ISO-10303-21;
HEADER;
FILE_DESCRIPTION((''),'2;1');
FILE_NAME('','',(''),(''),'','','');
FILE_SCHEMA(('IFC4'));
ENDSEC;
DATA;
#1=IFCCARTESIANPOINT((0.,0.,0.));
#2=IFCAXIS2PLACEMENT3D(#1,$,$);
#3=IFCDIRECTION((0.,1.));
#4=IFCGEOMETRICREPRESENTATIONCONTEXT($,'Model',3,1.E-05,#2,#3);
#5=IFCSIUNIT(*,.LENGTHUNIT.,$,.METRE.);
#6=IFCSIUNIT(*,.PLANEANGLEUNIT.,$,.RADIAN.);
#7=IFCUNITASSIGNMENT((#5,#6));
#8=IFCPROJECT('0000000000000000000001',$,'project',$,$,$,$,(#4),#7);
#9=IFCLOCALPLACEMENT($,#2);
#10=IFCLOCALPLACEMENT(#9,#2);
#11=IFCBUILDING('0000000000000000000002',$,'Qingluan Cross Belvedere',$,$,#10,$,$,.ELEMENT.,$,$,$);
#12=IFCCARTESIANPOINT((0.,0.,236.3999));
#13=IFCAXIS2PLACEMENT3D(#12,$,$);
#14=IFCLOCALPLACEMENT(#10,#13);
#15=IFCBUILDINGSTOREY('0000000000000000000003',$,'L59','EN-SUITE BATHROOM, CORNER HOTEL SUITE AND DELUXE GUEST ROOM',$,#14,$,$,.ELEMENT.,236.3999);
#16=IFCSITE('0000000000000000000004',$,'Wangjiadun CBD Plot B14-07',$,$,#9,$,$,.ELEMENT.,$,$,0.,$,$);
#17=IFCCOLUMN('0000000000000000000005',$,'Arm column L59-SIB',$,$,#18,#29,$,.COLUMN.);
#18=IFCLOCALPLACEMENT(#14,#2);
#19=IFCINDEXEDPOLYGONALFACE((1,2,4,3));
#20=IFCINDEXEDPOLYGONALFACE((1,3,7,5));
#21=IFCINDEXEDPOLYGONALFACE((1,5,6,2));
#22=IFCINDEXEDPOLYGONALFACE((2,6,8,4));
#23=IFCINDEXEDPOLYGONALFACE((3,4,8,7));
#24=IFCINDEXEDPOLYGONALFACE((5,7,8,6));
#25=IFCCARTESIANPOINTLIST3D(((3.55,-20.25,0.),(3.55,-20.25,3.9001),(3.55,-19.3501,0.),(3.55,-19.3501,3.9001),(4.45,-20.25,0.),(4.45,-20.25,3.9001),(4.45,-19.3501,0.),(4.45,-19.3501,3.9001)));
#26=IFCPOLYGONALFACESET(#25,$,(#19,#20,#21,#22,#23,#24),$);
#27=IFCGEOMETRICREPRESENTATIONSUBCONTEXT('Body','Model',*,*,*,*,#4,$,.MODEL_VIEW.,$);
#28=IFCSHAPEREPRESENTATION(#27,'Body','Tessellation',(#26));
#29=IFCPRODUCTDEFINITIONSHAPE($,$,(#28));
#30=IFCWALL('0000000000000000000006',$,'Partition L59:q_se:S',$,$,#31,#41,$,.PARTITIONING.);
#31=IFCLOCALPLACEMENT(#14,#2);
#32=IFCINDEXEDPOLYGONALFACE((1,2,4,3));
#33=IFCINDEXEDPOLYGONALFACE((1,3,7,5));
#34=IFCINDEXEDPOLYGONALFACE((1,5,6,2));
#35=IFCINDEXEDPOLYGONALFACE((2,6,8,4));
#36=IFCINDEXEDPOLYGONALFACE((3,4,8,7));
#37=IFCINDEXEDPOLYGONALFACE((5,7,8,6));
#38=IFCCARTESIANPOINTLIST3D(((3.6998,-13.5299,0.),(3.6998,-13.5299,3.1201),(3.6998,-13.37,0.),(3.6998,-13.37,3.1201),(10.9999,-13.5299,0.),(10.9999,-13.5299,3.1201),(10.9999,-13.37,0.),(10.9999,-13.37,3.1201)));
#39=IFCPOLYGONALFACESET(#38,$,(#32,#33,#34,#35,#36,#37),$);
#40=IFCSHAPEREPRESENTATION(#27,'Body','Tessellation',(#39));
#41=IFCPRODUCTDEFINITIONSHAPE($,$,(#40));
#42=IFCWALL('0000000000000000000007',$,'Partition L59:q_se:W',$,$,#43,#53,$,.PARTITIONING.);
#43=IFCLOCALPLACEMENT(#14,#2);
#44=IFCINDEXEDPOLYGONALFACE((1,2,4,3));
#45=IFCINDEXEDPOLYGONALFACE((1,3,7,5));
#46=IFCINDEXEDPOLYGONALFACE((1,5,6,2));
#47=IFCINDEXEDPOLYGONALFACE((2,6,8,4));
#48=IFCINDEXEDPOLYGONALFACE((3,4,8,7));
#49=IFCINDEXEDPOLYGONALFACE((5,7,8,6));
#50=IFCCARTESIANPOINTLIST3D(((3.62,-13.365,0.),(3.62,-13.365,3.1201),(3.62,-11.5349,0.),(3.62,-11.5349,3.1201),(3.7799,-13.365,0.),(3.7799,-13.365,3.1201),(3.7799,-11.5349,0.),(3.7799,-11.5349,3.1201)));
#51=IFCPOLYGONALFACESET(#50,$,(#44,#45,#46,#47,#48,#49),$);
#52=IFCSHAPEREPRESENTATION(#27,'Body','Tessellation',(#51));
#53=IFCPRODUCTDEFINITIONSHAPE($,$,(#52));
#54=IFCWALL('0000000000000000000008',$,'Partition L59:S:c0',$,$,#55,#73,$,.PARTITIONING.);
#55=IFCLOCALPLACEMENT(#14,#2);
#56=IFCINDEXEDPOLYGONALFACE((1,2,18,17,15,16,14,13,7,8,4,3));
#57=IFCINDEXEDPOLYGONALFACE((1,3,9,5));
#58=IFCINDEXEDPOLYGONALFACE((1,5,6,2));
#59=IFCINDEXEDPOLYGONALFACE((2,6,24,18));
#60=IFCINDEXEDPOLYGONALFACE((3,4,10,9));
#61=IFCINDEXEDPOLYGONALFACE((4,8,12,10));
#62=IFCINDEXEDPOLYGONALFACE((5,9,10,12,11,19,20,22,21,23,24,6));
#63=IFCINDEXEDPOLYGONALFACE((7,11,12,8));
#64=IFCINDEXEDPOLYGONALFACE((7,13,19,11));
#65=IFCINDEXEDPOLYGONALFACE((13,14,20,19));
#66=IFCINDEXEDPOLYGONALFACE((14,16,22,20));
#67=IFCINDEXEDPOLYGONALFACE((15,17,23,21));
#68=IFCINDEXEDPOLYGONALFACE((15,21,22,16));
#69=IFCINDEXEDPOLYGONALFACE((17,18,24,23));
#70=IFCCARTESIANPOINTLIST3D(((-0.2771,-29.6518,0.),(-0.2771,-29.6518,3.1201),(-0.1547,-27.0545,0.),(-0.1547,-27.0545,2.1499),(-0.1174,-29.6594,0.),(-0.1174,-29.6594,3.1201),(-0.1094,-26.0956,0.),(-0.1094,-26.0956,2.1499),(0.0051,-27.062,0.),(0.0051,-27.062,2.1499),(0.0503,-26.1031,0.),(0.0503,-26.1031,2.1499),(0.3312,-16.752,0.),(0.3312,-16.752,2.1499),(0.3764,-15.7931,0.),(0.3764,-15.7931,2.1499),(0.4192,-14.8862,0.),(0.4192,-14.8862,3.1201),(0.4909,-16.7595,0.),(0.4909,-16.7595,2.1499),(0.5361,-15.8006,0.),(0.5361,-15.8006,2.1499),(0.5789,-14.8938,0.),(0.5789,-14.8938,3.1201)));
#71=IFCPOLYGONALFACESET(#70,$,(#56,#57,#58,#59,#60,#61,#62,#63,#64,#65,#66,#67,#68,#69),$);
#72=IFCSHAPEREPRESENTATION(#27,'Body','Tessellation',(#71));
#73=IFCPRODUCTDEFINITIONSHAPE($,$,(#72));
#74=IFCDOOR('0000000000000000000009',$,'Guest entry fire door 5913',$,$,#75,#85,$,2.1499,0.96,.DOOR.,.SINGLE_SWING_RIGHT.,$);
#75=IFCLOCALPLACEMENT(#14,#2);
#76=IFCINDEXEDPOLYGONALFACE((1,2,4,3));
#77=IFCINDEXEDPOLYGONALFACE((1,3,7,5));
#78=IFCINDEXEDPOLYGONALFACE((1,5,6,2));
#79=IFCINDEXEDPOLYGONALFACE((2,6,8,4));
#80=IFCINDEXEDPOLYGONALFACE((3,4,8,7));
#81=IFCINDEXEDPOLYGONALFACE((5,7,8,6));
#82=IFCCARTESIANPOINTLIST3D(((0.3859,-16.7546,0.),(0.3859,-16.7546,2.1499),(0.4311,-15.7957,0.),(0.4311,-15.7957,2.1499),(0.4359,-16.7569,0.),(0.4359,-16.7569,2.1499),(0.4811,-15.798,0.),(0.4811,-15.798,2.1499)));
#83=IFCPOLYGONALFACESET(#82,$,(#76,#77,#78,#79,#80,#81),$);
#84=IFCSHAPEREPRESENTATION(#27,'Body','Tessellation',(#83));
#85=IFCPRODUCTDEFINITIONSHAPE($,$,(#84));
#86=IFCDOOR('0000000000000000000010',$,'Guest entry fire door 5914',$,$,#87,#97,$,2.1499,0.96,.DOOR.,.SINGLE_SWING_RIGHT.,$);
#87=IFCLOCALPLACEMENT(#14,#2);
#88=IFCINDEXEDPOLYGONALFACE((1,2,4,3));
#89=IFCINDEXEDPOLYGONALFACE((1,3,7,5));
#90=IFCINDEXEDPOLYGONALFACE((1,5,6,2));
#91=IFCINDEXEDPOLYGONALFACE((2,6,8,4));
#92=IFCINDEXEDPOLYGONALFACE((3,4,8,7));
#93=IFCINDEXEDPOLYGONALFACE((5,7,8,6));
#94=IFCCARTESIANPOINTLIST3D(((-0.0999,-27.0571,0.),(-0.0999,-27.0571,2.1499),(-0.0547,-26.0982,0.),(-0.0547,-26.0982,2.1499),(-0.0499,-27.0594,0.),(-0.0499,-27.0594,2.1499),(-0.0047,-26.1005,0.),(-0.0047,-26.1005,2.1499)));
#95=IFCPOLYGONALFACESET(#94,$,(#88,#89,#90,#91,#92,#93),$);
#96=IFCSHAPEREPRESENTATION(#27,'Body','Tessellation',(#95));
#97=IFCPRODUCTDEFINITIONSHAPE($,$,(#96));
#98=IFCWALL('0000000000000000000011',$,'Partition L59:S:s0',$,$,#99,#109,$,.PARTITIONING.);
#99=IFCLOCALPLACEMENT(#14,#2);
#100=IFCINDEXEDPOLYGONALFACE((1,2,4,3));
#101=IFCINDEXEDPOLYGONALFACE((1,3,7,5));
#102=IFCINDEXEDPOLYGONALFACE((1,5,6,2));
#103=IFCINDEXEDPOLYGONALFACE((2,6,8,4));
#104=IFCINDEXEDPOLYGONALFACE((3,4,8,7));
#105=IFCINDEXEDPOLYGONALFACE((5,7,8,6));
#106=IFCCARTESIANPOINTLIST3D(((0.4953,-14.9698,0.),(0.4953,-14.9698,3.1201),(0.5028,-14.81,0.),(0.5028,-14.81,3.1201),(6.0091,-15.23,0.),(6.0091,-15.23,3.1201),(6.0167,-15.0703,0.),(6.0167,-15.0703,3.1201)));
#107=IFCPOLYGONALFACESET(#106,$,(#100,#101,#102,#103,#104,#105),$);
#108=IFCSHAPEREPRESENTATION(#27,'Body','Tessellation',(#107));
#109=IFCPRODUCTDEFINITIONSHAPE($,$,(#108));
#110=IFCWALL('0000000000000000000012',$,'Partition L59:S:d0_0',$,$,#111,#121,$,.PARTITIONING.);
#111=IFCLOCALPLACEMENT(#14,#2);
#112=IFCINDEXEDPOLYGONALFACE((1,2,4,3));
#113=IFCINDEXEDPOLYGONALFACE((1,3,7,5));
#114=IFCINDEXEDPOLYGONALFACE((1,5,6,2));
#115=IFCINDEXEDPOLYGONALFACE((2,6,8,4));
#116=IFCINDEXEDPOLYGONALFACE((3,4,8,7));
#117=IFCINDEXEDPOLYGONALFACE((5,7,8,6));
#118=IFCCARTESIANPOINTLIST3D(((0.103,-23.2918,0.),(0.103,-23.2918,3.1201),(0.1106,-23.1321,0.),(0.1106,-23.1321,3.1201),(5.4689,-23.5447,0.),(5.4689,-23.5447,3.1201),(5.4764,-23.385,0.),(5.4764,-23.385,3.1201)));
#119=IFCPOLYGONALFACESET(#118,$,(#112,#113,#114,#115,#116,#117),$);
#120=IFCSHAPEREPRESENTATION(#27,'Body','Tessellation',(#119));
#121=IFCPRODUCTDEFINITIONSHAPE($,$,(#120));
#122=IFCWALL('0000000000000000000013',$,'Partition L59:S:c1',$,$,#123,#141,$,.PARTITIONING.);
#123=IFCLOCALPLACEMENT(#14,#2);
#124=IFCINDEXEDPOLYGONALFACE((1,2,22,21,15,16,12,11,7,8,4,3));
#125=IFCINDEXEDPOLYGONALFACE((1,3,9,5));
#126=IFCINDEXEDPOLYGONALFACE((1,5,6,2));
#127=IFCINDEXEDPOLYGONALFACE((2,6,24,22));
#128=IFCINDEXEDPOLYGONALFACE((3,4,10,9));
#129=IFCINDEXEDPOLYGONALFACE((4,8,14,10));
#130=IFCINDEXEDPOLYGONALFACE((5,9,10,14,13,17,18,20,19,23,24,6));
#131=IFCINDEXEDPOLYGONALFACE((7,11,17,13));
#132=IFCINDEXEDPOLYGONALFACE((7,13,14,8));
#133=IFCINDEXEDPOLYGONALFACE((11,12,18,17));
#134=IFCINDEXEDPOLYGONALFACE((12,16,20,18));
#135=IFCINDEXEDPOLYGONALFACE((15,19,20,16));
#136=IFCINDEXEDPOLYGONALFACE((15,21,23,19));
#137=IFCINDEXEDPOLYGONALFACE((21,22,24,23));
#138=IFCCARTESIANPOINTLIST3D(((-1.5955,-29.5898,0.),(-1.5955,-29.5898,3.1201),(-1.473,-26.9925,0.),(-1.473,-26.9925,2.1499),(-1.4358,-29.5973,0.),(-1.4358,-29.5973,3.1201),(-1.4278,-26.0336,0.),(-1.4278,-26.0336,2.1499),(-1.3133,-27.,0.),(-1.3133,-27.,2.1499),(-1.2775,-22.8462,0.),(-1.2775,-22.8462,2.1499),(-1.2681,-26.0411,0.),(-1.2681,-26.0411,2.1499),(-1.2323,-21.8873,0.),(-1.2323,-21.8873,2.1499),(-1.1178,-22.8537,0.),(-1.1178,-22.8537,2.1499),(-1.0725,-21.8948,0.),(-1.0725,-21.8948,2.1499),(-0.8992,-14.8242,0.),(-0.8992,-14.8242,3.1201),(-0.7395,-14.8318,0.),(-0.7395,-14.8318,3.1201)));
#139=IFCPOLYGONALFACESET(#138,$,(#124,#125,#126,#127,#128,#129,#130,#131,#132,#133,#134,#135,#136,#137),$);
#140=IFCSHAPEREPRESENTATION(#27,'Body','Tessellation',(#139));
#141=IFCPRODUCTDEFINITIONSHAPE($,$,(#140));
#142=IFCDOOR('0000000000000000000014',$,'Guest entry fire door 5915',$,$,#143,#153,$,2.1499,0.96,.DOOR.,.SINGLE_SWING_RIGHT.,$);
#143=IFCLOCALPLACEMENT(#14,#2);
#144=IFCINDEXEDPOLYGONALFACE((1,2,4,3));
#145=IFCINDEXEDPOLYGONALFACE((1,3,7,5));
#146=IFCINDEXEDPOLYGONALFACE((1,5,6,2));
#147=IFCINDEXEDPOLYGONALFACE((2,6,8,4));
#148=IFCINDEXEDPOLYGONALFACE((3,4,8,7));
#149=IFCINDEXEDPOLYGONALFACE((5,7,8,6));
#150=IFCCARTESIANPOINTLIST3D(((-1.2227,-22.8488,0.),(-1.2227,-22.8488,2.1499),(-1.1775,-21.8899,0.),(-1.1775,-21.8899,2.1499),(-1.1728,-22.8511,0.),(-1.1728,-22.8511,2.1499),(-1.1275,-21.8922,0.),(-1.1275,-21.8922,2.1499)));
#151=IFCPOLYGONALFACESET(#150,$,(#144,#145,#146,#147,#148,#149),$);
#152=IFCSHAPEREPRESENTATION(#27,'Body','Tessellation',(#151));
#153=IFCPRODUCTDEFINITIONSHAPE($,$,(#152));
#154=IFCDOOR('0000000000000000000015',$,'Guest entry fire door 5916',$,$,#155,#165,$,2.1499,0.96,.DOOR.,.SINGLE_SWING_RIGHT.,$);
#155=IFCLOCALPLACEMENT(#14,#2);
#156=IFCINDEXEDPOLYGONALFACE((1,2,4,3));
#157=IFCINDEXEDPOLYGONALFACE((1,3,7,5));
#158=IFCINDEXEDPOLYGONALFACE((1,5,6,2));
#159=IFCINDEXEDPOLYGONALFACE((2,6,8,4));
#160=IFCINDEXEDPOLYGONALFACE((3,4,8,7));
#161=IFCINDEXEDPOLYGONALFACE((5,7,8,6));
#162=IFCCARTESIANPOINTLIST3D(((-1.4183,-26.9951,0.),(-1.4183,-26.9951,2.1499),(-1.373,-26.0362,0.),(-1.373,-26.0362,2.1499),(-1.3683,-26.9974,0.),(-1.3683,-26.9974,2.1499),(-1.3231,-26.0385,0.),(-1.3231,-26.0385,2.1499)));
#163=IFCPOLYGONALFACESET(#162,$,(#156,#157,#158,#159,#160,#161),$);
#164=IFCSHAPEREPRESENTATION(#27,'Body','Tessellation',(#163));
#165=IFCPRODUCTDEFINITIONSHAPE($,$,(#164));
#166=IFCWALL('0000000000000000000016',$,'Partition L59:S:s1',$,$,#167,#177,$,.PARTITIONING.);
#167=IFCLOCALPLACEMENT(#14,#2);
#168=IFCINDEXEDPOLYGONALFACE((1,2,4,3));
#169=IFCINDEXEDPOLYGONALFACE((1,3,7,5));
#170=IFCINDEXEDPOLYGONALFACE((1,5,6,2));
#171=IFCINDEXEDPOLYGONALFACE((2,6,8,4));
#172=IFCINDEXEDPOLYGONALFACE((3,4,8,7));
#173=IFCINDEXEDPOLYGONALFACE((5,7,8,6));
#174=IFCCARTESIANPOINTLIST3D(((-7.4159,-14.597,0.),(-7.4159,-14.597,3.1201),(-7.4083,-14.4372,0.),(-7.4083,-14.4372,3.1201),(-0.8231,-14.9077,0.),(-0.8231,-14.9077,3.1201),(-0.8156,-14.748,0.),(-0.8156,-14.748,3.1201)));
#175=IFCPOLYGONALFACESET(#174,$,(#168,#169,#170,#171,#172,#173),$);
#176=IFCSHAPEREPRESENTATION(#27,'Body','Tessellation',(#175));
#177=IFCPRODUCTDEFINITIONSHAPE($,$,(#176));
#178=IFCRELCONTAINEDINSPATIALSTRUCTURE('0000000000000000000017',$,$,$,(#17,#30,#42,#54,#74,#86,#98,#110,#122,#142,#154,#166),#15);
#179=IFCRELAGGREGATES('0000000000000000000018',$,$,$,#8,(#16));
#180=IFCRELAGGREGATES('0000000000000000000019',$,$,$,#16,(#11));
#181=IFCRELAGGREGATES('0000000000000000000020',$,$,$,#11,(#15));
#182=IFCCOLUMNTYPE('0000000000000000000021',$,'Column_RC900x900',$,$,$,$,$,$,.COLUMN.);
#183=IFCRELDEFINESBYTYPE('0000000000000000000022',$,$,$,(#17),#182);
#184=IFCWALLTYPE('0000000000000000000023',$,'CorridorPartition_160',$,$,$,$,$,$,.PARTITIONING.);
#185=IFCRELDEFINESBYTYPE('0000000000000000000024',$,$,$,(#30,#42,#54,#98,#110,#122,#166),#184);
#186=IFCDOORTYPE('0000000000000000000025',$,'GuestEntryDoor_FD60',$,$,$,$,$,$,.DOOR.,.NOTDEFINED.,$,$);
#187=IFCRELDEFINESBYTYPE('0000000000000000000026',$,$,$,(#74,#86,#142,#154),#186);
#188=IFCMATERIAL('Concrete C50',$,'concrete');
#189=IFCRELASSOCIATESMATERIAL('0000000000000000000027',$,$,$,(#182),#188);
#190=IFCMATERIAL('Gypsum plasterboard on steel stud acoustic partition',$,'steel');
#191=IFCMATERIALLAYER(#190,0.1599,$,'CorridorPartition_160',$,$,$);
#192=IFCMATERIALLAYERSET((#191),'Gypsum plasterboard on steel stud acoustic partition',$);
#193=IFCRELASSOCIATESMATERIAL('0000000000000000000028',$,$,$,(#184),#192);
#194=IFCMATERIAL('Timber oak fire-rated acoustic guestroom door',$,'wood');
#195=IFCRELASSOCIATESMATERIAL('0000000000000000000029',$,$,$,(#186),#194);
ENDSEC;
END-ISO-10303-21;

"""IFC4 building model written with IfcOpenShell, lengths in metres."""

from ifc_helpers import new_model, si_unit, direction, frame, frame_2d, origin, origin_2d, place, context, subcontext, project, spatial, rectangle, extrude, material, layer, layer_set, material_profile, profile_set, type_object, element, fill, save


model = new_model("IFC4")

# Units and contexts
model_context = context("Model", 3, precision=1e-05, world=origin(), true_north=direction((0.0, 1.0)))
body_context = subcontext(model_context, "Body", "Model", "MODEL_VIEW")
ifc_project = project(units=[si_unit("LENGTHUNIT", "METRE"), si_unit("PLANEANGLEUNIT", "RADIAN")], contexts=[model_context])

# Site, building, storey
site_placement = place(None, origin())
site = spatial("IfcSite", under=ifc_project, at=site_placement, Name="Wangjiadun CBD Plot B14-07", CompositionType="ELEMENT", RefElevation=0.0)
building_placement = place(site_placement, origin())
building = spatial("IfcBuilding", under=site, at=building_placement, Name="Qingluan Cross Belvedere", CompositionType="ELEMENT")
storey_placement = place(building_placement, frame((0.0, 0.0, 236.3999)))
storey = spatial("IfcBuildingStorey", under=building, at=storey_placement, Name="L59", Description="EN-SUITE BATHROOM, CORNER HOTEL SUITE AND DELUXE GUEST ROOM", CompositionType="ELEMENT", Elevation=236.3999)

# Column
ifc_material_1 = material(Name="Concrete C50", Category="concrete")
ifc_material_profile = material_profile(ifc_material_1, rectangle(XDim=0.8999, YDim=0.8999, at=origin_2d()), Name="RC900x900")
ifc_profile_set = profile_set([ifc_material_profile], Name="Concrete C50")
column_type = type_object("IfcColumnType", Name="Column_RC900x900", PredefinedType="COLUMN", material=ifc_profile_set)
column_placement = place(storey_placement, frame((4.0, -19.8, 0.0), z_axis=(0.0, 0.0, 1.0), x_axis=(1.0, 0.0, 0.0)))
element("IfcColumn", 1, at=column_placement, inside=storey, type_object=column_type, Name="Arm column L59-SIB", PredefinedType="COLUMN", context=body_context, shape_type="SweptSolid", body=[
    extrude(rectangle(XDim=0.8999, YDim=0.8999, at=origin_2d()), origin(), (0.0, 0.0, 1.0), 3.9001),
])

# Walls
ifc_material_2 = material(Name="Gypsum plasterboard on steel stud acoustic partition", Category="steel")
ifc_layer_1 = layer(ifc_material_2, 0.1599, Name="CorridorPartition_160")
ifc_layer_set_1 = layer_set([ifc_layer_1], Name="Gypsum plasterboard on steel stud acoustic partition")
wall_type_1 = type_object("IfcWallType", Name="CorridorPartition_160", PredefinedType="PARTITIONING", material=ifc_layer_set_1)
wall_1_placement = place(storey_placement, frame((3.7, -13.45, 0.0), z_axis=(0.0, 0.0, 1.0), x_axis=(1.0, 0.0, 0.0)))
element("IfcWall", 2, at=wall_1_placement, inside=storey, type_object=wall_type_1, Name="Partition L59:q_se:S", PredefinedType="PARTITIONING", context=body_context, shape_type="SweptSolid", body=[
    extrude(rectangle(XDim=7.3, YDim=0.1599, at=frame_2d((3.6499, 0.0))), origin(), (0.0, 0.0, 1.0), 3.1201),
])
wall_2_placement = place(storey_placement, frame((3.7, -13.365, 0.0), z_axis=(0.0, 0.0, 1.0), x_axis=(0.0, 1.0, 0.0)))
element("IfcWall", 3, at=wall_2_placement, inside=storey, type_object=wall_type_1, Name="Partition L59:q_se:W", PredefinedType="PARTITIONING", context=body_context, shape_type="SweptSolid", body=[
    extrude(rectangle(XDim=1.8301, YDim=0.1599, at=frame_2d((0.915, 0.0))), origin(), (0.0, 0.0, 1.0), 3.1201),
])

# Wall, openings, doors
wall_3_placement = place(storey_placement, frame((0.499, -14.8899, 0.0), z_axis=(0.0, 0.0, 1.0), x_axis=(-0.047104, -0.99889, 0.0)))
wall_3 = element("IfcWall", 4, at=wall_3_placement, inside=storey, type_object=wall_type_1, Name="Partition L59:S:c0", PredefinedType="PARTITIONING", context=body_context, shape_type="SweptSolid", body=[
    extrude(rectangle(XDim=14.782, YDim=0.1599, at=frame_2d((7.3911, 0.0))), origin(), (0.0, 0.0, 1.0), 3.1201),
])
opening_1_placement = place(wall_3_placement, frame((0.908, 0.0, 0.0)))
opening_1 = element("IfcOpeningElement", 5, at=opening_1_placement, cuts=wall_3, PredefinedType="OPENING", context=body_context, shape_type="SweptSolid", body=[
    extrude(rectangle(XDim=0.96, YDim=2.1499, at=frame_2d((0.48, 1.075))), frame((0.0, 0.0898, 0.0), z_axis=(0.0, -1.0, 0.0), x_axis=(1.0, 0.0, 0.0)), (0.0, 0.0, 1.0), 0.1799),
])
opening_2_placement = place(wall_3_placement, frame((11.2219, 0.0, 0.0)))
opening_2 = element("IfcOpeningElement", 6, at=opening_2_placement, cuts=wall_3, PredefinedType="OPENING", context=body_context, shape_type="SweptSolid", body=[
    extrude(rectangle(XDim=0.96, YDim=2.1499, at=frame_2d((0.48, 1.075))), frame((0.0, 0.0898, 0.0), z_axis=(0.0, -1.0, 0.0), x_axis=(1.0, 0.0, 0.0)), (0.0, 0.0, 1.0), 0.1799),
])
ifc_material_3 = material(Name="Timber oak fire-rated acoustic guestroom door", Category="wood")
door_type_1 = type_object("IfcDoorType", Name="GuestEntryDoor_FD60", OperationType="NOTDEFINED", PredefinedType="DOOR", material=ifc_material_3)
door_1_placement = place(opening_1_placement, origin())
door_1 = element("IfcDoor", 7, at=door_1_placement, inside=storey, type_object=door_type_1, Name="Guest entry fire door 5913", OperationType="SINGLE_SWING_RIGHT", OverallHeight=2.1499, OverallWidth=0.96, PredefinedType="DOOR", context=body_context, shape_type="SweptSolid", body=[
    extrude(rectangle(XDim=0.96, YDim=2.1499, at=frame_2d((0.48, 1.075))), frame((0.0, 0.0249, 0.0), z_axis=(0.0, -1.0, 0.0), x_axis=(1.0, 0.0, 0.0)), (0.0, 0.0, 1.0), 0.05),
])
fill(opening_1, door_1)
door_2_placement = place(opening_2_placement, origin())
door_2 = element("IfcDoor", 8, at=door_2_placement, inside=storey, type_object=door_type_1, Name="Guest entry fire door 5914", OperationType="SINGLE_SWING_RIGHT", OverallHeight=2.1499, OverallWidth=0.96, PredefinedType="DOOR", context=body_context, shape_type="SweptSolid", body=[
    extrude(rectangle(XDim=0.96, YDim=2.1499, at=frame_2d((0.48, 1.075))), frame((0.0, 0.0249, 0.0), z_axis=(0.0, -1.0, 0.0), x_axis=(1.0, 0.0, 0.0)), (0.0, 0.0, 1.0), 0.05),
])
fill(opening_2, door_2)

# Walls
wall_4_placement = place(storey_placement, frame((0.499, -14.8899, 0.0), z_axis=(0.0, 0.0, 1.0), x_axis=(0.998888, -0.047147, 0.0)))
element("IfcWall", 9, at=wall_4_placement, inside=storey, type_object=wall_type_1, Name="Partition L59:S:s0", PredefinedType="PARTITIONING", context=body_context, shape_type="SweptSolid", body=[
    extrude(rectangle(XDim=5.52, YDim=0.1599, at=frame_2d((2.76, 0.0))), origin(), (0.0, 0.0, 1.0), 3.1201),
])
wall_5_placement = place(storey_placement, frame((0.1067, -23.2119, 0.0), z_axis=(0.0, 0.0, 1.0), x_axis=(0.998891, -0.047084, 0.0)))
element("IfcWall", 10, at=wall_5_placement, inside=storey, type_object=wall_type_1, Name="Partition L59:S:d0_0", PredefinedType="PARTITIONING", context=body_context, shape_type="SweptSolid", body=[
    extrude(rectangle(XDim=5.3718, YDim=0.1599, at=frame_2d((2.686, 0.0))), origin(), (0.0, 0.0, 1.0), 3.1201),
])

# Wall, openings, doors
wall_6_placement = place(storey_placement, frame((-0.8193, -14.8279, 0.0), z_axis=(0.0, 0.0, 1.0), x_axis=(-0.047104, -0.99889, 0.0)))
wall_6 = element("IfcWall", 11, at=wall_6_placement, inside=storey, type_object=wall_type_1, Name="Partition L59:S:c1", PredefinedType="PARTITIONING", context=body_context, shape_type="SweptSolid", body=[
    extrude(rectangle(XDim=14.782, YDim=0.1599, at=frame_2d((7.3911, 0.0))), origin(), (0.0, 0.0, 1.0), 3.1201),
])
opening_3_placement = place(wall_6_placement, frame((7.071, 0.0, 0.0)))
opening_3 = element("IfcOpeningElement", 12, at=opening_3_placement, cuts=wall_6, PredefinedType="OPENING", context=body_context, shape_type="SweptSolid", body=[
    extrude(rectangle(XDim=0.96, YDim=2.1499, at=frame_2d((0.48, 1.075))), frame((0.0, 0.0898, 0.0), z_axis=(0.0, -1.0, 0.0), x_axis=(1.0, 0.0, 0.0)), (0.0, 0.0, 1.0), 0.1799),
])
opening_4_placement = place(wall_6_placement, frame((11.2219, 0.0, 0.0)))
opening_4 = element("IfcOpeningElement", 13, at=opening_4_placement, cuts=wall_6, PredefinedType="OPENING", context=body_context, shape_type="SweptSolid", body=[
    extrude(rectangle(XDim=0.96, YDim=2.1499, at=frame_2d((0.48, 1.075))), frame((0.0, 0.0898, 0.0), z_axis=(0.0, -1.0, 0.0), x_axis=(1.0, 0.0, 0.0)), (0.0, 0.0, 1.0), 0.1799),
])
door_3_placement = place(opening_3_placement, origin())
door_3 = element("IfcDoor", 14, at=door_3_placement, inside=storey, type_object=door_type_1, Name="Guest entry fire door 5915", OperationType="SINGLE_SWING_RIGHT", OverallHeight=2.1499, OverallWidth=0.96, PredefinedType="DOOR", context=body_context, shape_type="SweptSolid", body=[
    extrude(rectangle(XDim=0.96, YDim=2.1499, at=frame_2d((0.48, 1.075))), frame((0.0, 0.0249, 0.0), z_axis=(0.0, -1.0, 0.0), x_axis=(1.0, 0.0, 0.0)), (0.0, 0.0, 1.0), 0.05),
])
fill(opening_3, door_3)
door_4_placement = place(opening_4_placement, origin())
door_4 = element("IfcDoor", 15, at=door_4_placement, inside=storey, type_object=door_type_1, Name="Guest entry fire door 5916", OperationType="SINGLE_SWING_RIGHT", OverallHeight=2.1499, OverallWidth=0.96, PredefinedType="DOOR", context=body_context, shape_type="SweptSolid", body=[
    extrude(rectangle(XDim=0.96, YDim=2.1499, at=frame_2d((0.48, 1.075))), frame((0.0, 0.0249, 0.0), z_axis=(0.0, -1.0, 0.0), x_axis=(1.0, 0.0, 0.0)), (0.0, 0.0, 1.0), 0.05),
])
fill(opening_4, door_4)

# Wall
wall_7_placement = place(storey_placement, frame((-0.8193, -14.8279, 0.0), z_axis=(0.0, 0.0, 1.0), x_axis=(-0.998891, 0.047089, 0.0)))
element("IfcWall", 16, at=wall_7_placement, inside=storey, type_object=wall_type_1, Name="Partition L59:S:s1", PredefinedType="PARTITIONING", context=body_context, shape_type="SweptSolid", body=[
    extrude(rectangle(XDim=6.6001, YDim=0.1599, at=frame_2d((3.3, 0.0))), origin(), (0.0, 0.0, 1.0), 3.1201),
])

save(model, "model.ifc")
